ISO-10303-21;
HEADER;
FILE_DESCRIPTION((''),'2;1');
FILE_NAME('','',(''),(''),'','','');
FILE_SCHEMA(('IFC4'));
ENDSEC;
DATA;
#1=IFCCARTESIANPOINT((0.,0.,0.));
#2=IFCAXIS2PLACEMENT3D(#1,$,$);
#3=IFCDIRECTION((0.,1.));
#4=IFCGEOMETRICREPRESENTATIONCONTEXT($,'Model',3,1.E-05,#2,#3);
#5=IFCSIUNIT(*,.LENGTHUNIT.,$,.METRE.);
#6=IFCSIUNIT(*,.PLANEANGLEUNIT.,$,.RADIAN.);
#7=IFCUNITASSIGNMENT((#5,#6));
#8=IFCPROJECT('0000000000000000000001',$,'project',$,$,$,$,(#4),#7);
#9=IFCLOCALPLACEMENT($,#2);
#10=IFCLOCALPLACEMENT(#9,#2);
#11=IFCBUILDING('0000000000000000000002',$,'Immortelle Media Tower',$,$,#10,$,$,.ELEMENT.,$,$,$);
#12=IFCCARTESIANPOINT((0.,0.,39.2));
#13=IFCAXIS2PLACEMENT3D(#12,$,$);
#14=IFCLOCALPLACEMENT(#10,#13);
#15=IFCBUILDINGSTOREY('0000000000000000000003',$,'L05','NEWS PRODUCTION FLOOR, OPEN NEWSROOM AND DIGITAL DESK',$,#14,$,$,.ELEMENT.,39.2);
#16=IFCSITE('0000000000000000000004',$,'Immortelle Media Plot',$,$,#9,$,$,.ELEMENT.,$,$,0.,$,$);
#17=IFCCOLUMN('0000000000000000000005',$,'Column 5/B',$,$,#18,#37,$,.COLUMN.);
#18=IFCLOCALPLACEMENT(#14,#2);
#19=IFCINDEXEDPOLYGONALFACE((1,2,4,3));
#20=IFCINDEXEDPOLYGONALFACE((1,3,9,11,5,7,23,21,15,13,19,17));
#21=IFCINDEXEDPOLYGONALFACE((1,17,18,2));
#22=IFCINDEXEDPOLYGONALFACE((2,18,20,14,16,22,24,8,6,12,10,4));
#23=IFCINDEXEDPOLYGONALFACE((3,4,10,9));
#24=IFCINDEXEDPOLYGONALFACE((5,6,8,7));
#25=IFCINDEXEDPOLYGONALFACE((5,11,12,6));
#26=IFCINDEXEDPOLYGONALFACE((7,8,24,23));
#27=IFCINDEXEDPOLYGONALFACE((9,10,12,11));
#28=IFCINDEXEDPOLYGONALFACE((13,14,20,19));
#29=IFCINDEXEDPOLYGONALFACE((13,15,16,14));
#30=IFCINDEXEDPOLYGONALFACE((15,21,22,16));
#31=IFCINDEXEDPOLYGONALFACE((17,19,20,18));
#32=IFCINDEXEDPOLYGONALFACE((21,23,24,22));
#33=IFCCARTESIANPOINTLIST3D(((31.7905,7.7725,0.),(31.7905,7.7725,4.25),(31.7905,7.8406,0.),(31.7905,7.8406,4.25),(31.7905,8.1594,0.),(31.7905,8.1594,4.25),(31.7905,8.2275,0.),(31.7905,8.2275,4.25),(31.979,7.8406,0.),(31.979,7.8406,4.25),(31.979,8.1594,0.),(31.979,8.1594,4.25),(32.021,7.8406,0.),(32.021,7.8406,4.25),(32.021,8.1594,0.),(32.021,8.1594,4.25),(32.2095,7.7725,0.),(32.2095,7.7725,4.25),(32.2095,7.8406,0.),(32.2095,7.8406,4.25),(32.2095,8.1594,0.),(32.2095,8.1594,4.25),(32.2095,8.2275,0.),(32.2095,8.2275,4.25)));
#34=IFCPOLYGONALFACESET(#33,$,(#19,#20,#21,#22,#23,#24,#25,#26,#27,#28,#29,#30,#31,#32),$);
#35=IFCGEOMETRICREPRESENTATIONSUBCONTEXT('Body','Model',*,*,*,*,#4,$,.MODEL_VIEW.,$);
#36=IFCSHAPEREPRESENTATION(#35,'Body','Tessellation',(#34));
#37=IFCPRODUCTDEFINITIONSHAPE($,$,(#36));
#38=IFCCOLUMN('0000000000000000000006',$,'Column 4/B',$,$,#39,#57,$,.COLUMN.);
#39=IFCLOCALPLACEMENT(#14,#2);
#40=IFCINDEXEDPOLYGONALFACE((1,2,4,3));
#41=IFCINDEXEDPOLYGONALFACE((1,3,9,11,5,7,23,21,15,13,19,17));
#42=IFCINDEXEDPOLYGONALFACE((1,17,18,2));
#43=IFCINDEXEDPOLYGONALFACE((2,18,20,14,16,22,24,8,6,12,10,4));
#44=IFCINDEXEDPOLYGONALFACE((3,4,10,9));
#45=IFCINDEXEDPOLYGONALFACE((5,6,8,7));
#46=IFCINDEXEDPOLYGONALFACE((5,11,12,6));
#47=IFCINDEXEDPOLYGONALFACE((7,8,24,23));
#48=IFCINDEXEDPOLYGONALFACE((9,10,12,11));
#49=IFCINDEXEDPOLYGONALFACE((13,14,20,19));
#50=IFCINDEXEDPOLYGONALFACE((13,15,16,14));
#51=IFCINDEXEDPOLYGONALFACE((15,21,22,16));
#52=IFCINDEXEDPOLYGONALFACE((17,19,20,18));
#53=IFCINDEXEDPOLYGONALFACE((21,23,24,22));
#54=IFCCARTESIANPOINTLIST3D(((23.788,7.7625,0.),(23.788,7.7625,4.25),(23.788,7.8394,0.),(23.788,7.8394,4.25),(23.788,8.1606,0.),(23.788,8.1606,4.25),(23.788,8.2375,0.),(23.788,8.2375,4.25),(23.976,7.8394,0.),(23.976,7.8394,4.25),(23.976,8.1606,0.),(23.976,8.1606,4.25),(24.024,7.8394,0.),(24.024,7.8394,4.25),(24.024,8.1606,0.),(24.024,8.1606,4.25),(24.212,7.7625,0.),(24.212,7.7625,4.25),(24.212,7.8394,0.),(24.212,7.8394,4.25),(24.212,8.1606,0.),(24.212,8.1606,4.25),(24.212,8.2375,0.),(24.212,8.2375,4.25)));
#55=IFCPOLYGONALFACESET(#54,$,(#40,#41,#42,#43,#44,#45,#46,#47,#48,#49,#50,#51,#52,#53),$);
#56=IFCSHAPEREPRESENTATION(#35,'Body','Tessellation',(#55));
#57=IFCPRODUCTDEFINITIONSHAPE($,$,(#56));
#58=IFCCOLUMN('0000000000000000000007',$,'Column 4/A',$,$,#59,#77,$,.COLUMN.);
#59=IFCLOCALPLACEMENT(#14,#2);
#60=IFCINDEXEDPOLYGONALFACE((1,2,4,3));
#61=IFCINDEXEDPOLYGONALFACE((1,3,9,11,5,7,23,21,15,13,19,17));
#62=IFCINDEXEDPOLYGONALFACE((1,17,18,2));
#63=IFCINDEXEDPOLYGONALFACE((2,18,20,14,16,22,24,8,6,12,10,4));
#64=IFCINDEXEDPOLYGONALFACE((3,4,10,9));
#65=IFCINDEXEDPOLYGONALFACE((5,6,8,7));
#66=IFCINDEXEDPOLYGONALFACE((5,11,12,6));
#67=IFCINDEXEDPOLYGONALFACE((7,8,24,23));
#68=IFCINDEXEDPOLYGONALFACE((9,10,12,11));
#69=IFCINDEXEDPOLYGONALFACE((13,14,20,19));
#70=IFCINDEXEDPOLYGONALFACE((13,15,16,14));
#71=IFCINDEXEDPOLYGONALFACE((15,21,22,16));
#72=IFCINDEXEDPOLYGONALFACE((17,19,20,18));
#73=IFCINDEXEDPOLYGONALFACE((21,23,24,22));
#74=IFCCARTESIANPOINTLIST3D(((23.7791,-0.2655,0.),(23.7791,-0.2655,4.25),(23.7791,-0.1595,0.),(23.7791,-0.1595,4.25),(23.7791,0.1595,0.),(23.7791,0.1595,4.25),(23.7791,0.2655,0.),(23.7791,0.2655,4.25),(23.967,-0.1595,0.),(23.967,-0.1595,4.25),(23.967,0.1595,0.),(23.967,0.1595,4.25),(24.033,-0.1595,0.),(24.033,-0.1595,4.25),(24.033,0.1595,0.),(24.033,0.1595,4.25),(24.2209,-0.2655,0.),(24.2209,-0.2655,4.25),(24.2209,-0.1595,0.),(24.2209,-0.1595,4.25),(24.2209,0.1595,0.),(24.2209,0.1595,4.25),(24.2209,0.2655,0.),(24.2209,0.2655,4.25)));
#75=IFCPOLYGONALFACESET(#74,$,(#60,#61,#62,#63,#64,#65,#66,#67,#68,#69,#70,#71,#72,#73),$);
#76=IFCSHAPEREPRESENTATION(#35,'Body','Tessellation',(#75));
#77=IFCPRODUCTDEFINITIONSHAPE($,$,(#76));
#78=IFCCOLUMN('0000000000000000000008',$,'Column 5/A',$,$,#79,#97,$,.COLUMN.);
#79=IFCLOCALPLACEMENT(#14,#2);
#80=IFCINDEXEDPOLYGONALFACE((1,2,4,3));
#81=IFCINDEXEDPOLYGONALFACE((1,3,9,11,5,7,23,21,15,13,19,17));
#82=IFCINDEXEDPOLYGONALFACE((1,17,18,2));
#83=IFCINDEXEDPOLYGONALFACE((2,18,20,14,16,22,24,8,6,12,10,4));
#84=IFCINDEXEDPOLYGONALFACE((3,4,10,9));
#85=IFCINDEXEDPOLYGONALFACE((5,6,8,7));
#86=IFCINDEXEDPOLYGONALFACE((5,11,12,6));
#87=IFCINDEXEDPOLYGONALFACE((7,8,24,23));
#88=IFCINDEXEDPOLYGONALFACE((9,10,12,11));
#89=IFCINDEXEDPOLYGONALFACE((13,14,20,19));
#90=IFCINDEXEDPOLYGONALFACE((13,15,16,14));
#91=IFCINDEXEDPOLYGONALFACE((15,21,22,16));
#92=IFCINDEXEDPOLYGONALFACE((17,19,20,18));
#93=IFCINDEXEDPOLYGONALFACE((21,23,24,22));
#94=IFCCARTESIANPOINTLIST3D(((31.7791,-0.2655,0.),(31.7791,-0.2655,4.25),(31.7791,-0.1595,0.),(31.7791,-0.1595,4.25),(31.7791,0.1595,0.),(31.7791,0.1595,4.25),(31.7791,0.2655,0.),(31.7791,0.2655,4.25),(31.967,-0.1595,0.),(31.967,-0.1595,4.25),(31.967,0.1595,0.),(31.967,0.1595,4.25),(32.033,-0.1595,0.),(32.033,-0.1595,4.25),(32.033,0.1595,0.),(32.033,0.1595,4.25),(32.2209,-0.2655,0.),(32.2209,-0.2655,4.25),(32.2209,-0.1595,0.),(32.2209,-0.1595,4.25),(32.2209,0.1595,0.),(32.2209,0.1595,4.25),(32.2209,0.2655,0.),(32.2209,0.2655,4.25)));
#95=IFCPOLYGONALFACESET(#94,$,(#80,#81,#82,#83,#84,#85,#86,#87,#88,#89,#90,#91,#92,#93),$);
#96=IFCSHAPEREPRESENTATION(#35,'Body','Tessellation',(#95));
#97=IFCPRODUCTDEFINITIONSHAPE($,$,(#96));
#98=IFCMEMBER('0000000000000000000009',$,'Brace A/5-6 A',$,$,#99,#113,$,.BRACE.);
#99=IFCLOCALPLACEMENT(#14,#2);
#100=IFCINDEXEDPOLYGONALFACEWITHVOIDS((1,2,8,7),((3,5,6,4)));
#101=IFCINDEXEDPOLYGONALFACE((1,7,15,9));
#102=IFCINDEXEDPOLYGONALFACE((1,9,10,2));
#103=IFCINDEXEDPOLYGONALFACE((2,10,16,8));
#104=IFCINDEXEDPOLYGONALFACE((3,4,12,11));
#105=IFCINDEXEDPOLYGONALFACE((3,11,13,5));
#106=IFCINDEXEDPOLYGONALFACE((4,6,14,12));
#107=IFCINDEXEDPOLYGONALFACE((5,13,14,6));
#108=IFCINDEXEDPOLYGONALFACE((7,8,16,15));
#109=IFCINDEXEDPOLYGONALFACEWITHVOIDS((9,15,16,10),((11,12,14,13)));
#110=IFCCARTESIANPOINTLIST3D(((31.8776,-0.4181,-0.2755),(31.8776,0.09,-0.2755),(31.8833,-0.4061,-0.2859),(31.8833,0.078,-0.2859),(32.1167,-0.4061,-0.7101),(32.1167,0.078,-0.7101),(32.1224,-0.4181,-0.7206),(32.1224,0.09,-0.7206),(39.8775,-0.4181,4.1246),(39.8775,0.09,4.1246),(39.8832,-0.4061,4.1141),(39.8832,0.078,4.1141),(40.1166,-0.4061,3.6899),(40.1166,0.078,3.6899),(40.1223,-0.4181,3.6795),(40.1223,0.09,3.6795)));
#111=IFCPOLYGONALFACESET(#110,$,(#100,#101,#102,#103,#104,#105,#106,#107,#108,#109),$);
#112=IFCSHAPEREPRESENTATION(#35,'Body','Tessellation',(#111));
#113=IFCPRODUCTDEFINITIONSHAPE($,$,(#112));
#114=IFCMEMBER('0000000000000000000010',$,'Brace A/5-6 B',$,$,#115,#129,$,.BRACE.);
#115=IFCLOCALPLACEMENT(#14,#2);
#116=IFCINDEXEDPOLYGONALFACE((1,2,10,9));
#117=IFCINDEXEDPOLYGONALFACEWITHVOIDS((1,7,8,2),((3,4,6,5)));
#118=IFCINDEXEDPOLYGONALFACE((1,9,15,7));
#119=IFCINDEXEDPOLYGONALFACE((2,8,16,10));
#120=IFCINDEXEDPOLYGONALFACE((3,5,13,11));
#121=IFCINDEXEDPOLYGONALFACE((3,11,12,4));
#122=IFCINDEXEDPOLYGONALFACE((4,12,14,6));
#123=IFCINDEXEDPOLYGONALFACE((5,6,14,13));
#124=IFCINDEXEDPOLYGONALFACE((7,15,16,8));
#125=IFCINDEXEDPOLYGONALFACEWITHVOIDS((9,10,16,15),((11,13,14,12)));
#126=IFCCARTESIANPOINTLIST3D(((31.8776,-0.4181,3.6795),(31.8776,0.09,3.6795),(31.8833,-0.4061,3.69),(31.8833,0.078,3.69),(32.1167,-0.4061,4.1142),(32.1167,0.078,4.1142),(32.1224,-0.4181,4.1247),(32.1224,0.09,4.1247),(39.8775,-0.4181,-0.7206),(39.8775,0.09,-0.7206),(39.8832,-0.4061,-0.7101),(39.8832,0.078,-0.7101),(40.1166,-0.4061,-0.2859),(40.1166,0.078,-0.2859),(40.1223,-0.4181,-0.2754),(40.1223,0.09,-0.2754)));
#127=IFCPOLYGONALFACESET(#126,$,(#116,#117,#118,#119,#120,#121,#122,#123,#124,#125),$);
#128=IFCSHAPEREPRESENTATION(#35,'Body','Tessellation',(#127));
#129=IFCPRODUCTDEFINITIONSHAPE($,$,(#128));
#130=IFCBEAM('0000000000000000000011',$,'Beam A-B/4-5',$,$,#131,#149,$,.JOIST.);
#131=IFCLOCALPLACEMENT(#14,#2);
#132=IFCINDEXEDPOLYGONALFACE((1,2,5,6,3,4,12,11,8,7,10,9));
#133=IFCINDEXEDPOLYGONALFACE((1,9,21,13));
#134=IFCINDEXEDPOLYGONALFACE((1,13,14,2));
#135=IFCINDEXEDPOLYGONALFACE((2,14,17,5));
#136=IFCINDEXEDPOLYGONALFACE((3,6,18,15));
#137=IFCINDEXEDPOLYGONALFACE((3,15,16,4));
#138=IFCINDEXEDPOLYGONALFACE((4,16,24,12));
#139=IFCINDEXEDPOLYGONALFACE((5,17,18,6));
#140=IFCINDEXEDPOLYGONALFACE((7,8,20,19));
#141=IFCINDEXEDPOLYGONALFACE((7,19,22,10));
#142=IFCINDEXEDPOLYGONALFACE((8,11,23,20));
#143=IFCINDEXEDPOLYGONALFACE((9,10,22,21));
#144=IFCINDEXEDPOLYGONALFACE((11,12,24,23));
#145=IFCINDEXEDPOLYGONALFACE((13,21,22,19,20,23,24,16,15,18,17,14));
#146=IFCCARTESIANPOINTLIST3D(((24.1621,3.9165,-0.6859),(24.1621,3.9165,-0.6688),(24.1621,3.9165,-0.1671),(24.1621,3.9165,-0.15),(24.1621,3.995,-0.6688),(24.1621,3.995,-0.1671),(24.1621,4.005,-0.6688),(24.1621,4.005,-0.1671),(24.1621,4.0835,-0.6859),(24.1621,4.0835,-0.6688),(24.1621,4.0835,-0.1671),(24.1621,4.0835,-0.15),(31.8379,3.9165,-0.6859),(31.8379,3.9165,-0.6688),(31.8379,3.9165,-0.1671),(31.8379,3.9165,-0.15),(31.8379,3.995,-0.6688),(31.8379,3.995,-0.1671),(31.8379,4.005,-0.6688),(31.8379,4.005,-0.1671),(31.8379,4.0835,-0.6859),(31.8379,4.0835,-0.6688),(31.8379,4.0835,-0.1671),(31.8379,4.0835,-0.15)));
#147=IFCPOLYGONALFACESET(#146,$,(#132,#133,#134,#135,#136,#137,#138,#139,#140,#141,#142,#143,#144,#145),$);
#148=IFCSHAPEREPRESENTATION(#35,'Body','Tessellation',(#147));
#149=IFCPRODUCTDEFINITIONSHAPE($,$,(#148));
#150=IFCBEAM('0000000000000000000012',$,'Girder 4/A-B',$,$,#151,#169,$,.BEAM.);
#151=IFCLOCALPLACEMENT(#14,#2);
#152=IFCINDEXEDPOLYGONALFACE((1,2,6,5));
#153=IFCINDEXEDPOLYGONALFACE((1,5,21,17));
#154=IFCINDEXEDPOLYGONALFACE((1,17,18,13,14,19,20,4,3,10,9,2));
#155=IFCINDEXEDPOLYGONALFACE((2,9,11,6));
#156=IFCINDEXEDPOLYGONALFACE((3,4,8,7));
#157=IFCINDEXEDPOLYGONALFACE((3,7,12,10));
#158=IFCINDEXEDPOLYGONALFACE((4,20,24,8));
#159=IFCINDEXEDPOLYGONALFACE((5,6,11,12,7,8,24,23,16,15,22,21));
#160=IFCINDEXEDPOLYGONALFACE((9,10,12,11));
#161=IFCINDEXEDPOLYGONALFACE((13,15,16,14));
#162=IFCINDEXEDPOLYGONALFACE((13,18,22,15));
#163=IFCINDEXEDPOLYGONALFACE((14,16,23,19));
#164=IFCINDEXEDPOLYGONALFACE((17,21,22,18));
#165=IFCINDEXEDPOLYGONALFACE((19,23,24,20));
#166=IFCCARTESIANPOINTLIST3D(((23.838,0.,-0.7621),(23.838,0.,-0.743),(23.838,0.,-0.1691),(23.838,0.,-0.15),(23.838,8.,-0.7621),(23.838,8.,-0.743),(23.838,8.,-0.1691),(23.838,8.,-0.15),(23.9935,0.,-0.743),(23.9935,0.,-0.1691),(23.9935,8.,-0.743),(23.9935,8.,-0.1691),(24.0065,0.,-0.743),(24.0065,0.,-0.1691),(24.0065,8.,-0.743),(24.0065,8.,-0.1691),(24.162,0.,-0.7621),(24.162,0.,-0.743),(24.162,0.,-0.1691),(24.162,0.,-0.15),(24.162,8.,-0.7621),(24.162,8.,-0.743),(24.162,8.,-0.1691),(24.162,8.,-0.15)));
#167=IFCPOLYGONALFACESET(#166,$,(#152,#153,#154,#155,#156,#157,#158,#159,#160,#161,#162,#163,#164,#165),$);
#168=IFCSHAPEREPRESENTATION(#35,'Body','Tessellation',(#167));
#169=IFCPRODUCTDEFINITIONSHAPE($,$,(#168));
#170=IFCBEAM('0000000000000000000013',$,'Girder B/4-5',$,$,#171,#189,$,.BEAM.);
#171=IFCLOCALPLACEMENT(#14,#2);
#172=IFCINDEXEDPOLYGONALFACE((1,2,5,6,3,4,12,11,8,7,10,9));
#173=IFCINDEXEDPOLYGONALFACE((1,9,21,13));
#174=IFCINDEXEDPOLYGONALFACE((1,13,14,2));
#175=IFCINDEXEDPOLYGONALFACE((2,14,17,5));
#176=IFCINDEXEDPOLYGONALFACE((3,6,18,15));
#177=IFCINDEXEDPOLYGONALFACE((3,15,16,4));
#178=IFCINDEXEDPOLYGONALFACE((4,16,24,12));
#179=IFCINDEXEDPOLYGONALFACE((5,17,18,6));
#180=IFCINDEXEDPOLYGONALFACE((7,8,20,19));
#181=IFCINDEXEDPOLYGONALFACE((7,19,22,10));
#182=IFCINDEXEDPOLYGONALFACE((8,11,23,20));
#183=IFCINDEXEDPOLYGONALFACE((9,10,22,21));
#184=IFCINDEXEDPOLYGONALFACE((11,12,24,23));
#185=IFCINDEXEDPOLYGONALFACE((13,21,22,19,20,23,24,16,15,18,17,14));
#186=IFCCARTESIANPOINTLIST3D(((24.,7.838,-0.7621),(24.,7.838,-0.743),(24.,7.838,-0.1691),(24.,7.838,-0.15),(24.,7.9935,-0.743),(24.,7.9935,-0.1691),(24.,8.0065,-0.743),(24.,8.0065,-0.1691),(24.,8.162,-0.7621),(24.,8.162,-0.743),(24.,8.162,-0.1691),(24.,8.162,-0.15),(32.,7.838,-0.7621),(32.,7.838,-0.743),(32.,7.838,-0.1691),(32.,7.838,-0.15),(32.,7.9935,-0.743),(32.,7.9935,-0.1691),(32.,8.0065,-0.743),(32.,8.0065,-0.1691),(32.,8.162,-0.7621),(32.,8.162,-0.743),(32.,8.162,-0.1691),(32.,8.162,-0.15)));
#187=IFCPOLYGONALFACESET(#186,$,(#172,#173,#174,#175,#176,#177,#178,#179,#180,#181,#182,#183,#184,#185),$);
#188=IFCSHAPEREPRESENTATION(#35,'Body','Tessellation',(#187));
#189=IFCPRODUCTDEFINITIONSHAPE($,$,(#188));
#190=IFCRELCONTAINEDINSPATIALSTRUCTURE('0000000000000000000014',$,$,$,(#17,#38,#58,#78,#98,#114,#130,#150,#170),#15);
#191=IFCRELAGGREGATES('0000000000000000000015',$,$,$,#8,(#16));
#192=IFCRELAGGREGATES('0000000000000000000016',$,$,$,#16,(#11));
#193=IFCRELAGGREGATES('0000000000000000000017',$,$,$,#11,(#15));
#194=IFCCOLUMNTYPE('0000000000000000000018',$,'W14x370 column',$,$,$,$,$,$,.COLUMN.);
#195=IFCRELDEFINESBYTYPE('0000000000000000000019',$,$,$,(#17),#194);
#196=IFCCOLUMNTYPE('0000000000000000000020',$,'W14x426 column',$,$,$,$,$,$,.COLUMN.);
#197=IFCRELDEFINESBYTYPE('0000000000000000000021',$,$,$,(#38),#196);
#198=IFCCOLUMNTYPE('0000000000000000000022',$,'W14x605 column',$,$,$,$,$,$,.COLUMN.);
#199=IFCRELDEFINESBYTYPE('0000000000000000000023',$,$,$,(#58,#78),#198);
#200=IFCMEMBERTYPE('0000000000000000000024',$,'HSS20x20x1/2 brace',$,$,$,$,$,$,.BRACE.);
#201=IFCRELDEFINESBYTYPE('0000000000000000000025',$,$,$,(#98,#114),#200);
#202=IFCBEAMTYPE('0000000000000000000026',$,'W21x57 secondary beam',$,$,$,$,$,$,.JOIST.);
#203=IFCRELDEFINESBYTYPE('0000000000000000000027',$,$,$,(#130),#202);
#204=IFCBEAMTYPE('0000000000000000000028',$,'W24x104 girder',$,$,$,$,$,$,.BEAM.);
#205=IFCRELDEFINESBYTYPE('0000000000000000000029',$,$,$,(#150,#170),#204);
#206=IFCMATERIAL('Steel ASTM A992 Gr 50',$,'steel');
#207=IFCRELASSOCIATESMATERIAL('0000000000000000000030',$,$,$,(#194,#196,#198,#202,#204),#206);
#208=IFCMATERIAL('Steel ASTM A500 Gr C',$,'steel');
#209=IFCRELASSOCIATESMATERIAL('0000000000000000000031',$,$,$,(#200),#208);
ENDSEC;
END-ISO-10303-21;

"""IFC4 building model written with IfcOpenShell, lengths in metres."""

from ifc_helpers import new_model, si_unit, direction, frame, origin, origin_2d, place, context, subcontext, project, spatial, hollow_rectangle, i_section, extrude, material, material_profile, profile_set, type_object, element, save


model = new_model("IFC4")

# Units and contexts
model_context = context("Model", 3, precision=1e-05, world=origin(), true_north=direction((0.0, 1.0)))
body_context = subcontext(model_context, "Body", "Model", "MODEL_VIEW")
ifc_project = project(units=[si_unit("LENGTHUNIT", "METRE"), si_unit("PLANEANGLEUNIT", "RADIAN")], contexts=[model_context])

# Site, building, storey
site_placement = place(None, origin())
site = spatial("IfcSite", under=ifc_project, at=site_placement, Name="Immortelle Media Plot", CompositionType="ELEMENT", RefElevation=0.0)
building_placement = place(site_placement, origin())
building = spatial("IfcBuilding", under=site, at=building_placement, Name="Immortelle Media Tower", CompositionType="ELEMENT")
storey_placement = place(building_placement, frame((0.0, 0.0, 39.2)))
storey = spatial("IfcBuildingStorey", under=building, at=storey_placement, Name="L05", Description="NEWS PRODUCTION FLOOR, OPEN NEWSROOM AND DIGITAL DESK", CompositionType="ELEMENT", Elevation=39.2)

# Columns
ifc_material_1 = material(Name="Steel ASTM A992 Gr 50", Category="steel")
ifc_material_profile_1 = material_profile(ifc_material_1, i_section(OverallWidth=0.4189, OverallDepth=0.4551, WebThickness=0.042, FlangeThickness=0.0681, at=origin_2d()), Name="W14x370")
ifc_profile_set_1 = profile_set([ifc_material_profile_1], Name="Steel ASTM A992 Gr 50")
column_type_1 = type_object("IfcColumnType", Name="W14x370 column", PredefinedType="COLUMN", material=ifc_profile_set_1)
column_1_placement = place(storey_placement, frame((32.0, 8.0, 0.0), z_axis=(0.0, 0.0, 1.0), x_axis=(1.0, 0.0, 0.0)))
element("IfcColumn", 1, at=column_1_placement, inside=storey, type_object=column_type_1, Name="Column 5/B", PredefinedType="COLUMN", context=body_context, shape_type="SweptSolid", body=[
    extrude(i_section(OverallWidth=0.4189, OverallDepth=0.4551, WebThickness=0.042, FlangeThickness=0.0681, at=origin_2d()), origin(), (0.0, 0.0, 1.0), 4.25),
])
ifc_material_profile_2 = material_profile(ifc_material_1, i_section(OverallWidth=0.4241, OverallDepth=0.4751, WebThickness=0.0481, FlangeThickness=0.0769, at=origin_2d()), Name="W14x426")
ifc_profile_set_2 = profile_set([ifc_material_profile_2], Name="Steel ASTM A992 Gr 50")
column_type_2 = type_object("IfcColumnType", Name="W14x426 column", PredefinedType="COLUMN", material=ifc_profile_set_2)
column_2_placement = place(storey_placement, frame((24.0, 8.0, 0.0), z_axis=(0.0, 0.0, 1.0), x_axis=(1.0, 0.0, 0.0)))
element("IfcColumn", 2, at=column_2_placement, inside=storey, type_object=column_type_2, Name="Column 4/B", PredefinedType="COLUMN", context=body_context, shape_type="SweptSolid", body=[
    extrude(i_section(OverallWidth=0.4241, OverallDepth=0.4751, WebThickness=0.0481, FlangeThickness=0.0769, at=origin_2d()), origin(), (0.0, 0.0, 1.0), 4.25),
])
ifc_material_profile_3 = material_profile(ifc_material_1, i_section(OverallWidth=0.4419, OverallDepth=0.531, WebThickness=0.0659, FlangeThickness=0.106, at=origin_2d()), Name="W14x605")
ifc_profile_set_3 = profile_set([ifc_material_profile_3], Name="Steel ASTM A992 Gr 50")
column_type_3 = type_object("IfcColumnType", Name="W14x605 column", PredefinedType="COLUMN", material=ifc_profile_set_3)
for number, where, z_axis, x_axis, name in (
    (3, (24.0, 0.0, 0.0), (0.0, 0.0, 1.0), (1.0, 0.0, 0.0), "Column 4/A"),
    (4, (32.0, 0.0, 0.0), (0.0, 0.0, 1.0), (1.0, 0.0, 0.0), "Column 5/A"),
):
    element("IfcColumn", number, at=place(storey_placement, frame(where, z_axis=z_axis, x_axis=x_axis)), inside=storey, type_object=column_type_3, Name=name, PredefinedType="COLUMN", context=body_context, shape_type="SweptSolid", body=[
        extrude(i_section(OverallWidth=0.4419, OverallDepth=0.531, WebThickness=0.0659, FlangeThickness=0.106, at=origin_2d()), origin(), (0.0, 0.0, 1.0), 4.25),
    ])

# Members
ifc_material_2 = material(Name="Steel ASTM A500 Gr C", Category="steel")
ifc_material_profile_4 = material_profile(ifc_material_2, hollow_rectangle(XDim=0.5081, YDim=0.5081, WallThickness=0.012, at=origin_2d()), Name="HSS20x20x1/2 brace")
ifc_profile_set_4 = profile_set([ifc_material_profile_4], Name="Steel ASTM A500 Gr C")
member_type = type_object("IfcMemberType", Name="HSS20x20x1/2 brace", PredefinedType="BRACE", material=ifc_profile_set_4)
for number, where, z_axis, x_axis, name in (
    (5, (32.0, -0.1641, -0.498), (0.876209, 0.0, 0.481931), (0.0, 1.0, 0.0), "Brace A/5-6 A"),
    (6, (32.0, -0.1641, 3.9021), (0.876209, 0.0, -0.481931), (0.0, 1.0, 0.0), "Brace A/5-6 B"),
):
    element("IfcMember", number, at=place(storey_placement, frame(where, z_axis=z_axis, x_axis=x_axis)), inside=storey, type_object=member_type, Name=name, PredefinedType="BRACE", context=body_context, shape_type="SweptSolid", body=[
        extrude(hollow_rectangle(XDim=0.5081, YDim=0.5081, WallThickness=0.012, at=origin_2d()), origin(), (0.0, 0.0, 1.0), 9.1301),
    ])

# Beams
ifc_material_profile_5 = material_profile(ifc_material_1, i_section(OverallWidth=0.167, OverallDepth=0.5359, WebThickness=0.01, FlangeThickness=0.0171, at=origin_2d()), Name="W21x57")
ifc_profile_set_5 = profile_set([ifc_material_profile_5], Name="Steel ASTM A992 Gr 50")
beam_type_1 = type_object("IfcBeamType", Name="W21x57 secondary beam", PredefinedType="JOIST", material=ifc_profile_set_5)
beam_placement = place(storey_placement, frame((24.1621, 4.0, -0.418), z_axis=(1.0, 0.0, 0.0), x_axis=(0.0, 1.0, 0.0)))
element("IfcBeam", 7, at=beam_placement, inside=storey, type_object=beam_type_1, Name="Beam A-B/4-5", PredefinedType="JOIST", context=body_context, shape_type="SweptSolid", body=[
    extrude(i_section(OverallWidth=0.167, OverallDepth=0.5359, WebThickness=0.01, FlangeThickness=0.0171, at=origin_2d()), origin(), (0.0, 0.0, 1.0), 7.6758),
])
ifc_material_profile_6 = material_profile(ifc_material_1, i_section(OverallWidth=0.324, OverallDepth=0.6121, WebThickness=0.0129, FlangeThickness=0.019, at=origin_2d()), Name="W24x104")
ifc_profile_set_6 = profile_set([ifc_material_profile_6], Name="Steel ASTM A992 Gr 50")
beam_type_2 = type_object("IfcBeamType", Name="W24x104 girder", PredefinedType="BEAM", material=ifc_profile_set_6)
for number, where, z_axis, x_axis, name in (
    (8, (24.0, 0.0, -0.4561), (0.0, 1.0, 0.0), (-1.0, 0.0, 0.0), "Girder 4/A-B"),
    (9, (24.0, 8.0, -0.4561), (1.0, 0.0, 0.0), (0.0, 1.0, 0.0), "Girder B/4-5"),
):
    element("IfcBeam", number, at=place(storey_placement, frame(where, z_axis=z_axis, x_axis=x_axis)), inside=storey, type_object=beam_type_2, Name=name, PredefinedType="BEAM", context=body_context, shape_type="SweptSolid", body=[
        extrude(i_section(OverallWidth=0.324, OverallDepth=0.6121, WebThickness=0.0129, FlangeThickness=0.019, at=origin_2d()), origin(), (0.0, 0.0, 1.0), 8.0),
    ])

save(model, "model.ifc")
